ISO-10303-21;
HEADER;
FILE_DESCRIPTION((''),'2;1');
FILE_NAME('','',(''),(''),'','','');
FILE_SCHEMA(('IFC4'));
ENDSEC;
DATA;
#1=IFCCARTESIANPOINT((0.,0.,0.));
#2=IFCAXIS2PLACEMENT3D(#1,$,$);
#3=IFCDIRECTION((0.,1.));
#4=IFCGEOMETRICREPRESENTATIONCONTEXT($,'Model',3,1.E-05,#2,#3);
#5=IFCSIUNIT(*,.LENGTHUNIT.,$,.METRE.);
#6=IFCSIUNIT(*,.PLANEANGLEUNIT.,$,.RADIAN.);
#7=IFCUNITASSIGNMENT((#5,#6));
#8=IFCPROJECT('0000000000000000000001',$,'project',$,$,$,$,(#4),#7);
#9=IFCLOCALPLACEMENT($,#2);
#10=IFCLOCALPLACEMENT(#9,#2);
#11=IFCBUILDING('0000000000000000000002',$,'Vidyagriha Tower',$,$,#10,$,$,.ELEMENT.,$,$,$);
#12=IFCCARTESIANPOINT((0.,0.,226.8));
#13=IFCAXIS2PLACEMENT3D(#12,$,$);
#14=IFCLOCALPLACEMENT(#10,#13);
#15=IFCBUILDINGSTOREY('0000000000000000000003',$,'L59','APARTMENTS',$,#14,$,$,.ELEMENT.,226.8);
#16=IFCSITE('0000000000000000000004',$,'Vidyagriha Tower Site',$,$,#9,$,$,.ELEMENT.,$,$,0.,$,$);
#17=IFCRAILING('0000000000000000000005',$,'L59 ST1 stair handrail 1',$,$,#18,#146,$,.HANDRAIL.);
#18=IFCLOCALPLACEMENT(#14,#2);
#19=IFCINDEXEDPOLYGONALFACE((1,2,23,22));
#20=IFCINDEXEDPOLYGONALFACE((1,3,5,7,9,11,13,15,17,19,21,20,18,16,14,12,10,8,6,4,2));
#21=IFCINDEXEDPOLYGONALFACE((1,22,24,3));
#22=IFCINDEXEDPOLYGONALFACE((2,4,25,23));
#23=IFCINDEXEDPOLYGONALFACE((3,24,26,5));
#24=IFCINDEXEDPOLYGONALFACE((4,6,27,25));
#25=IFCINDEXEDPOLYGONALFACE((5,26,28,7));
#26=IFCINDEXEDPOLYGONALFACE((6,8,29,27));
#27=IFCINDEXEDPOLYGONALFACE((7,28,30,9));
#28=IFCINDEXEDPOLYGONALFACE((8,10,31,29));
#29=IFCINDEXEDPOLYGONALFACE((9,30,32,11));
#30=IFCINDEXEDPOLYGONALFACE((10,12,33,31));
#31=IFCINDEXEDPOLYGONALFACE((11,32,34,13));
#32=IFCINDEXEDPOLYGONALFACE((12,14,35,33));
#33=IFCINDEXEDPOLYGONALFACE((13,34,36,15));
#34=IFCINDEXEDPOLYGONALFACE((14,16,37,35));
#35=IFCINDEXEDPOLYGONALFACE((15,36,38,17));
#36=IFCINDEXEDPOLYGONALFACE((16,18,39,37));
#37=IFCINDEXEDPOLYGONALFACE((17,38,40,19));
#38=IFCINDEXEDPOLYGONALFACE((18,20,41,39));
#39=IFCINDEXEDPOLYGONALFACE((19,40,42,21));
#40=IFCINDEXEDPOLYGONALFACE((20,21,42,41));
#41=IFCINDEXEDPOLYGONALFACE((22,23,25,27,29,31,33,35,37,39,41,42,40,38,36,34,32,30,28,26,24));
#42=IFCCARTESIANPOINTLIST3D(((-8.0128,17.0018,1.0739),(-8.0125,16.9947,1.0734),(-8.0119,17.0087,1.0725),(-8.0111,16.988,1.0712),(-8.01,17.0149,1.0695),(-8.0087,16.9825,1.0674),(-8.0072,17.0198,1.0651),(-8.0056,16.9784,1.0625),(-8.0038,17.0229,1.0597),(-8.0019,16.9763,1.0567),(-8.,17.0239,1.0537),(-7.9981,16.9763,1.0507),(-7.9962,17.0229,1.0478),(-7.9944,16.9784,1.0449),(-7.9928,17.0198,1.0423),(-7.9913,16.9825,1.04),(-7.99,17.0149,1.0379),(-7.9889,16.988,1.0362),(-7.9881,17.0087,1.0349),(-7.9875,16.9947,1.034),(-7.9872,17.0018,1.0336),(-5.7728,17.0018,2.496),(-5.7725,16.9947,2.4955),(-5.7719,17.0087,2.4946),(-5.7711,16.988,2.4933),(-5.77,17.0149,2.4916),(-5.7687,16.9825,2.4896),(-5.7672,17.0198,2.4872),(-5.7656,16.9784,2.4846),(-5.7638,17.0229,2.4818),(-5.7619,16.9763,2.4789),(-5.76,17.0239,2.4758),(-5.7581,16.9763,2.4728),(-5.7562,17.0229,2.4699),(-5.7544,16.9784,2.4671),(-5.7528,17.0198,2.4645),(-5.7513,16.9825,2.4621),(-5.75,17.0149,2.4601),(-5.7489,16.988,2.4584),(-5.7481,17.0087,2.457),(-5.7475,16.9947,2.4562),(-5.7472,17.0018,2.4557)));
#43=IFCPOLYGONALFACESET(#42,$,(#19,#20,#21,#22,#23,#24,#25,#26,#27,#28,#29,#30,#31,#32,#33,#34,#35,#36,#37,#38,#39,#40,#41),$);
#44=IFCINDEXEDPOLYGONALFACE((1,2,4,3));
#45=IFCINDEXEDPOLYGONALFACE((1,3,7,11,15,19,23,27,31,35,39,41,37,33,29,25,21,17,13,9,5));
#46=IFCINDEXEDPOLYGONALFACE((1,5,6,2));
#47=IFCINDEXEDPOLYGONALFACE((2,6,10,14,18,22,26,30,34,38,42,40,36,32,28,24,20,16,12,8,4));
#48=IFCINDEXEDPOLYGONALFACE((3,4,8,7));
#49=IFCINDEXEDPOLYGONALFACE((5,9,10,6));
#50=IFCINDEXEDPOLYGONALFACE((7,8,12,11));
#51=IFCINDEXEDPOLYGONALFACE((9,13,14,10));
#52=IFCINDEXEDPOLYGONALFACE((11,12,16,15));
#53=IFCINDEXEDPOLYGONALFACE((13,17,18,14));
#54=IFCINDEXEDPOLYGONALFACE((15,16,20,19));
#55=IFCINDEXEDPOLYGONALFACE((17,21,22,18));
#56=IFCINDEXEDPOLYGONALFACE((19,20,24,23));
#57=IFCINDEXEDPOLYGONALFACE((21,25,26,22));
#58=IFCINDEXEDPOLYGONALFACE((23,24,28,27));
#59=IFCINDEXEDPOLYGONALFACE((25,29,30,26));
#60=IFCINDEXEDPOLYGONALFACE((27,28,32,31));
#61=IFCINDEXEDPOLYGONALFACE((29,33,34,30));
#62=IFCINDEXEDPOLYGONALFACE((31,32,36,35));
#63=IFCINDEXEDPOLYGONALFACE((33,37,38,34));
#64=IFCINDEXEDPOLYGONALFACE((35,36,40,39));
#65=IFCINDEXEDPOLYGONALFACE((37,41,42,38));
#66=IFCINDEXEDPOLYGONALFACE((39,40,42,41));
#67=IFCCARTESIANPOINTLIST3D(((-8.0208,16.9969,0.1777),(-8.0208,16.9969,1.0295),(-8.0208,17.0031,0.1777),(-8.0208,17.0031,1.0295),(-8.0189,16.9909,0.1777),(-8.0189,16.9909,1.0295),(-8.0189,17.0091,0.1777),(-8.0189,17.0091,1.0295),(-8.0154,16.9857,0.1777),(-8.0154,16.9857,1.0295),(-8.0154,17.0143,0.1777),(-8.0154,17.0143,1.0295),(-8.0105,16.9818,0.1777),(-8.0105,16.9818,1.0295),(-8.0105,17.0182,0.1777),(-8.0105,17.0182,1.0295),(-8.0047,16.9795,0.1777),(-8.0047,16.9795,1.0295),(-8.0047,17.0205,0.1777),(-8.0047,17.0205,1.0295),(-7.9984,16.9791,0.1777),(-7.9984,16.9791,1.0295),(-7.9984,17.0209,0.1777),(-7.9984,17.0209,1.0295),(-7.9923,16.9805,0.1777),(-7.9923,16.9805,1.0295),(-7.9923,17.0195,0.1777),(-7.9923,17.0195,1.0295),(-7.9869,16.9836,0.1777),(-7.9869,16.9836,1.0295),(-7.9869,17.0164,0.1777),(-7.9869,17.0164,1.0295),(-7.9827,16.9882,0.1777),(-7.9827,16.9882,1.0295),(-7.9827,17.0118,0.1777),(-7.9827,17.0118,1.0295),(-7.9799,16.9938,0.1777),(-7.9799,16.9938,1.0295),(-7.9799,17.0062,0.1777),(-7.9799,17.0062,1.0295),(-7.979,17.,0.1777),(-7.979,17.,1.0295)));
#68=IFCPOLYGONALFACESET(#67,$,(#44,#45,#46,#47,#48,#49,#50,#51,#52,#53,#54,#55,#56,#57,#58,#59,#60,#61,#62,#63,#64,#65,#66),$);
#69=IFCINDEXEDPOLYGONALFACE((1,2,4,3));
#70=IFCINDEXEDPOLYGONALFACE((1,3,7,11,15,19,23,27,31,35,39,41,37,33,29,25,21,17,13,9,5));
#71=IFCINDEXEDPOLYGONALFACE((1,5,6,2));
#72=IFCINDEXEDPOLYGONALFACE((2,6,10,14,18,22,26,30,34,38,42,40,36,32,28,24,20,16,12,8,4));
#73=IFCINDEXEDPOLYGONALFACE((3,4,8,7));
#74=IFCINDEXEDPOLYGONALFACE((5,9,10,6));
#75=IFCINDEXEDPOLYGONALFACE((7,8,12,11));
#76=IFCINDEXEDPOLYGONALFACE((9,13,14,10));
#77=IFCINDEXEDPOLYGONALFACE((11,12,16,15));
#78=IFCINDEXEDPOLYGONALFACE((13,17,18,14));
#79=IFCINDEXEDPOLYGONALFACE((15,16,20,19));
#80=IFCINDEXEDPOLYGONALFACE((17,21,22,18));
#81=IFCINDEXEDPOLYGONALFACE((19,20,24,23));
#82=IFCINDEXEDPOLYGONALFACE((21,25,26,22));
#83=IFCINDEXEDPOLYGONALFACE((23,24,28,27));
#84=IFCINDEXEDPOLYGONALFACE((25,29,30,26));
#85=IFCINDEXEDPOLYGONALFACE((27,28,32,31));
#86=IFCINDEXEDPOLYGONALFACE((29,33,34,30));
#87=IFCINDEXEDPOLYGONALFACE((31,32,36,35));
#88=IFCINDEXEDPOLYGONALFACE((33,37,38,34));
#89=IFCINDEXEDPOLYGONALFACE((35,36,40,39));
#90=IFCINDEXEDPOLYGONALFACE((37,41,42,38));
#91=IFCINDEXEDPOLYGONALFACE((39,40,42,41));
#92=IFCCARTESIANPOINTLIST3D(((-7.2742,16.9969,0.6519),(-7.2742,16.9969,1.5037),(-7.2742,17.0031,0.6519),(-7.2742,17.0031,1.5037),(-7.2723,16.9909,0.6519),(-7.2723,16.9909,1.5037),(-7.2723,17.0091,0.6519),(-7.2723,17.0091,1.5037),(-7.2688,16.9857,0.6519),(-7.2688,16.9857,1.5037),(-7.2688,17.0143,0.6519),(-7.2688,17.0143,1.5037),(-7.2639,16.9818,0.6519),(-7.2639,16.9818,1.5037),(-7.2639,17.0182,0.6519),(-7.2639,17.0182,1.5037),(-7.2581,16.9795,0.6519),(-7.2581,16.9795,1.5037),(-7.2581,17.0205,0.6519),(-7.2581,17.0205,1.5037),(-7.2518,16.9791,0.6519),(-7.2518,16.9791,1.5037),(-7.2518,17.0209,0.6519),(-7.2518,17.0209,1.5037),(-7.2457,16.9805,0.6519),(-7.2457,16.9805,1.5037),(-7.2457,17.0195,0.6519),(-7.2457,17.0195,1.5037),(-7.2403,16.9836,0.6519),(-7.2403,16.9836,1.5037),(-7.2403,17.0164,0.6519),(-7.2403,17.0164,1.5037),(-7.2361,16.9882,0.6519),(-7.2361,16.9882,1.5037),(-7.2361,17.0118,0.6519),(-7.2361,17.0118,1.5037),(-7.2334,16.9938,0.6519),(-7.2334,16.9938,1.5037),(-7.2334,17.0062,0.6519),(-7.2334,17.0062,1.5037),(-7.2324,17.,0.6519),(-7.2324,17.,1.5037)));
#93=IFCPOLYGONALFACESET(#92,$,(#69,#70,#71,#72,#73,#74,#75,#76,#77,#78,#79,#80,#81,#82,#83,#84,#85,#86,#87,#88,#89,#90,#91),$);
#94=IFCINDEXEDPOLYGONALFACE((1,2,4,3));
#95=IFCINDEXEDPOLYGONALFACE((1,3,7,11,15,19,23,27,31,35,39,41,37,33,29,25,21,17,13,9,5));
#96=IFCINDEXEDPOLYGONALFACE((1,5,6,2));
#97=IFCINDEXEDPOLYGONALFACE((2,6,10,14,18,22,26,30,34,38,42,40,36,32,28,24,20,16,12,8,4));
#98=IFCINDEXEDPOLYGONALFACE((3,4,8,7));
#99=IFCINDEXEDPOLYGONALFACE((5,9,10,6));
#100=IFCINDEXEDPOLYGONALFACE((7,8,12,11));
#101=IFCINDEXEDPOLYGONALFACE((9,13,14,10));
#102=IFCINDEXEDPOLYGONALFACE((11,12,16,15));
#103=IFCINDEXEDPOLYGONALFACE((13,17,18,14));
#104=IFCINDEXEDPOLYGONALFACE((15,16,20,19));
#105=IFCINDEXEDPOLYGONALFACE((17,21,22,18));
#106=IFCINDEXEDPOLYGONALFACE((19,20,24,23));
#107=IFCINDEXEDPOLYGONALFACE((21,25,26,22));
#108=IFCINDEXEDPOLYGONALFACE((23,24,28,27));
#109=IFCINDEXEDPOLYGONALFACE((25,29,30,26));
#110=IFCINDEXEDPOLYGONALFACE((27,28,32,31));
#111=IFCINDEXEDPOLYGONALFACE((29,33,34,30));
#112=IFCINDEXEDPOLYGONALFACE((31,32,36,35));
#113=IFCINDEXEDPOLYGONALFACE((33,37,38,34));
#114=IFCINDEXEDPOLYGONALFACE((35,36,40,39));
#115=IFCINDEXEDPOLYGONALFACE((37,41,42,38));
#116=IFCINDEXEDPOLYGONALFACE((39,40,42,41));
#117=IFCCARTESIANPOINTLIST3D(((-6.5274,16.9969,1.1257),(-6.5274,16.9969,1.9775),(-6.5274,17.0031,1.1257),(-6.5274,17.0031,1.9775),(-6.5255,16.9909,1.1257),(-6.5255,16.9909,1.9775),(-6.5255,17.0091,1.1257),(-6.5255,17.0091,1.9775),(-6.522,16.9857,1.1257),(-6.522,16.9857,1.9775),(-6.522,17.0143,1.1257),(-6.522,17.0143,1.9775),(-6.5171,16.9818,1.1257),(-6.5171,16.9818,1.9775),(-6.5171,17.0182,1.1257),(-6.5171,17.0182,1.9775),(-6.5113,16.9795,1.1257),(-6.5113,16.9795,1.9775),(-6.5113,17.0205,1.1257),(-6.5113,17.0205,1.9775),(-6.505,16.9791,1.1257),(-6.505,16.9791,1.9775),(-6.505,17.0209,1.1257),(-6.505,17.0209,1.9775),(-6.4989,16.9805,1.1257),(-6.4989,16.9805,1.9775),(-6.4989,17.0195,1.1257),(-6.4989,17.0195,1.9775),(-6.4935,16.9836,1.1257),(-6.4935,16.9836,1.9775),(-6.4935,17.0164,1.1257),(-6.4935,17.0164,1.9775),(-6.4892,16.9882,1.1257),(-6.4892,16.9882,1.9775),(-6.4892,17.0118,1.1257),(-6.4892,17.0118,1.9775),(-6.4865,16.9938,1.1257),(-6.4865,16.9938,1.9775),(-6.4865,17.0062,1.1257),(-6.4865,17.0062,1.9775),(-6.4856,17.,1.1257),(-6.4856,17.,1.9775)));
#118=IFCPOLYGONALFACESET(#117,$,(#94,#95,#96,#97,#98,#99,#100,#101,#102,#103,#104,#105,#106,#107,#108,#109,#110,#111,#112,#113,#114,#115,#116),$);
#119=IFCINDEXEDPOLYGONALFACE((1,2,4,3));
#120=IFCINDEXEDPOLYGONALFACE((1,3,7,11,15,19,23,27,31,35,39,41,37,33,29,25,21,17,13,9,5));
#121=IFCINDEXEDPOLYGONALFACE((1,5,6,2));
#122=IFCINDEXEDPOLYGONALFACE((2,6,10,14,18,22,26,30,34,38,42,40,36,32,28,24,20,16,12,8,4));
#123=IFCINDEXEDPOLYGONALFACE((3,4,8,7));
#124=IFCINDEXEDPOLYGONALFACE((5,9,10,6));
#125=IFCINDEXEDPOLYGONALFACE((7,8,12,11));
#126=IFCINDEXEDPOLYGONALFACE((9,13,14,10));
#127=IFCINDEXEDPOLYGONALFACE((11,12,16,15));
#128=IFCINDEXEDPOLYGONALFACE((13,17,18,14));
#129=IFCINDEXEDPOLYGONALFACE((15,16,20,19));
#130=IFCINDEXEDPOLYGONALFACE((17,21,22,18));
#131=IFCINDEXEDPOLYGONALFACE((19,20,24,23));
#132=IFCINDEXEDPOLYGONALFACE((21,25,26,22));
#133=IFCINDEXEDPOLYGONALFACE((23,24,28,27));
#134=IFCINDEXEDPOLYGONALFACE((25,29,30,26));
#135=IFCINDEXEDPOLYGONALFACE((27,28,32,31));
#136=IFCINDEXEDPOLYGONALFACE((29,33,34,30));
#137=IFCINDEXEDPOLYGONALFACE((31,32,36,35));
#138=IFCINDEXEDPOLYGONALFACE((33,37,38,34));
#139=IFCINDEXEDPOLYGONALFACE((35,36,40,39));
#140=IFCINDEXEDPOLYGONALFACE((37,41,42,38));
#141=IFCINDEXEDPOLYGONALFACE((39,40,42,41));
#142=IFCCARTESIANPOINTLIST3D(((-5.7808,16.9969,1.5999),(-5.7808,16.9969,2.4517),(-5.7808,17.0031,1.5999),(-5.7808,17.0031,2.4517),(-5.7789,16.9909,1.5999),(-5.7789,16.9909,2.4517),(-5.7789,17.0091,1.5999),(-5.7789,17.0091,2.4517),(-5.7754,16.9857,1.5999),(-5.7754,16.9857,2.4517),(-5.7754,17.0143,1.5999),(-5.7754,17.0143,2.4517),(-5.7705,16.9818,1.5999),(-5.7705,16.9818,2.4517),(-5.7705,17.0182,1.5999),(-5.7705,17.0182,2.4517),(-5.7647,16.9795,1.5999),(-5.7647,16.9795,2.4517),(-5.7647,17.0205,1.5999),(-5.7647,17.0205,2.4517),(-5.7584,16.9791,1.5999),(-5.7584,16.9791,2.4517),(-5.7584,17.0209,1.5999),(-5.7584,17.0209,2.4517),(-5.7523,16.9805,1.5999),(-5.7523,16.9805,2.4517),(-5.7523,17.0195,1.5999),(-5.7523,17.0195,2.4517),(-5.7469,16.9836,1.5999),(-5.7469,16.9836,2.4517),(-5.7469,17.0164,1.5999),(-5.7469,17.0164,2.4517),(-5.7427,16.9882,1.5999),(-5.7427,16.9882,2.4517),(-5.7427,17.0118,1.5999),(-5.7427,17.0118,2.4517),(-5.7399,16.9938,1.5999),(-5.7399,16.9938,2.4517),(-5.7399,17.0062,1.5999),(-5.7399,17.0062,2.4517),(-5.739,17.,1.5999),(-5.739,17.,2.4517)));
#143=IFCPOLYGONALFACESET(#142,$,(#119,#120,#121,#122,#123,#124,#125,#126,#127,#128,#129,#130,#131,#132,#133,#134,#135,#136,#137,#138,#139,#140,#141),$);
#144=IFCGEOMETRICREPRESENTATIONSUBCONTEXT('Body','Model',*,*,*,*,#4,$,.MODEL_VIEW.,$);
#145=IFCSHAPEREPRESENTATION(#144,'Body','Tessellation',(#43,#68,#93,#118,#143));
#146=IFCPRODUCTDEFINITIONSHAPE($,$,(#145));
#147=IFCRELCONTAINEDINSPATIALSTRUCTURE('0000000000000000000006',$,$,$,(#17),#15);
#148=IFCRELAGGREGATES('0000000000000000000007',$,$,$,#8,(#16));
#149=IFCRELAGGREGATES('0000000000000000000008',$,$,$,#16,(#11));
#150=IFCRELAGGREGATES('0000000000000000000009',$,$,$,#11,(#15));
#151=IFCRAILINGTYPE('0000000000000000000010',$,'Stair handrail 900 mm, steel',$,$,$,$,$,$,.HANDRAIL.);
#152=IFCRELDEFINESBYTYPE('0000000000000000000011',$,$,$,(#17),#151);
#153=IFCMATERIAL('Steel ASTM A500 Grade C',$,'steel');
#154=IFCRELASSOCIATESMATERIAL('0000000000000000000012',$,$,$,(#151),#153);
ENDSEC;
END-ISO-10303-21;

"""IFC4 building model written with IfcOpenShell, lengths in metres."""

from ifc_helpers import new_model, si_unit, direction, frame, origin, origin_2d, place, context, subcontext, project, spatial, circle, extrude, material, type_object, element, save


model = new_model("IFC4")

# Units and contexts
model_context = context("Model", 3, precision=1e-05, world=origin(), true_north=direction((0.0, 1.0)))
body_context = subcontext(model_context, "Body", "Model", "MODEL_VIEW")
ifc_project = project(units=[si_unit("LENGTHUNIT", "METRE"), si_unit("PLANEANGLEUNIT", "RADIAN")], contexts=[model_context])

# Site, building, storey
site_placement = place(None, origin())
site = spatial("IfcSite", under=ifc_project, at=site_placement, Name="Vidyagriha Tower Site", CompositionType="ELEMENT", RefElevation=0.0)
building_placement = place(site_placement, origin())
building = spatial("IfcBuilding", under=site, at=building_placement, Name="Vidyagriha Tower", CompositionType="ELEMENT")
storey_placement = place(building_placement, frame((0.0, 0.0, 226.8)))
storey = spatial("IfcBuildingStorey", under=building, at=storey_placement, Name="L59", Description="APARTMENTS", CompositionType="ELEMENT", Elevation=226.8)

# Railing
ifc_material_1 = material(Name="Steel ASTM A500 Grade C", Category="steel")
railing_type_1 = type_object("IfcRailingType", Name="Stair handrail 900 mm, steel", PredefinedType="HANDRAIL", material=ifc_material_1)
railing_1_placement = place(storey_placement, frame((-8.0, 17.0, 0.1777)))
element("IfcRailing", 1, at=railing_1_placement, inside=storey, type_object=railing_type_1, Name="L59 ST1 stair handrail 1", PredefinedType="HANDRAIL", context=body_context, shape_type="SweptSolid", body=[
    extrude(circle(Radius=0.0239, at=origin_2d()), frame((0.0, 0.0, 0.876), z_axis=(0.844229, 0.0, 0.535982), x_axis=(0.0, 1.0, 0.0)), (0.0, 0.0, 1.0), 2.6533),
    extrude(circle(Radius=0.021, at=origin_2d()), origin(), (0.0, 0.0, 1.0), 0.8518),
    extrude(circle(Radius=0.021, at=origin_2d()), frame((0.7466, 0.0, 0.4741)), (0.0, 0.0, 1.0), 0.8518),
    extrude(circle(Radius=0.021, at=origin_2d()), frame((1.4934, 0.0, 0.948)), (0.0, 0.0, 1.0), 0.8518),
    extrude(circle(Radius=0.021, at=origin_2d()), frame((2.24, 0.0, 1.4221)), (0.0, 0.0, 1.0), 0.8518),
])

save(model, "model.ifc")
